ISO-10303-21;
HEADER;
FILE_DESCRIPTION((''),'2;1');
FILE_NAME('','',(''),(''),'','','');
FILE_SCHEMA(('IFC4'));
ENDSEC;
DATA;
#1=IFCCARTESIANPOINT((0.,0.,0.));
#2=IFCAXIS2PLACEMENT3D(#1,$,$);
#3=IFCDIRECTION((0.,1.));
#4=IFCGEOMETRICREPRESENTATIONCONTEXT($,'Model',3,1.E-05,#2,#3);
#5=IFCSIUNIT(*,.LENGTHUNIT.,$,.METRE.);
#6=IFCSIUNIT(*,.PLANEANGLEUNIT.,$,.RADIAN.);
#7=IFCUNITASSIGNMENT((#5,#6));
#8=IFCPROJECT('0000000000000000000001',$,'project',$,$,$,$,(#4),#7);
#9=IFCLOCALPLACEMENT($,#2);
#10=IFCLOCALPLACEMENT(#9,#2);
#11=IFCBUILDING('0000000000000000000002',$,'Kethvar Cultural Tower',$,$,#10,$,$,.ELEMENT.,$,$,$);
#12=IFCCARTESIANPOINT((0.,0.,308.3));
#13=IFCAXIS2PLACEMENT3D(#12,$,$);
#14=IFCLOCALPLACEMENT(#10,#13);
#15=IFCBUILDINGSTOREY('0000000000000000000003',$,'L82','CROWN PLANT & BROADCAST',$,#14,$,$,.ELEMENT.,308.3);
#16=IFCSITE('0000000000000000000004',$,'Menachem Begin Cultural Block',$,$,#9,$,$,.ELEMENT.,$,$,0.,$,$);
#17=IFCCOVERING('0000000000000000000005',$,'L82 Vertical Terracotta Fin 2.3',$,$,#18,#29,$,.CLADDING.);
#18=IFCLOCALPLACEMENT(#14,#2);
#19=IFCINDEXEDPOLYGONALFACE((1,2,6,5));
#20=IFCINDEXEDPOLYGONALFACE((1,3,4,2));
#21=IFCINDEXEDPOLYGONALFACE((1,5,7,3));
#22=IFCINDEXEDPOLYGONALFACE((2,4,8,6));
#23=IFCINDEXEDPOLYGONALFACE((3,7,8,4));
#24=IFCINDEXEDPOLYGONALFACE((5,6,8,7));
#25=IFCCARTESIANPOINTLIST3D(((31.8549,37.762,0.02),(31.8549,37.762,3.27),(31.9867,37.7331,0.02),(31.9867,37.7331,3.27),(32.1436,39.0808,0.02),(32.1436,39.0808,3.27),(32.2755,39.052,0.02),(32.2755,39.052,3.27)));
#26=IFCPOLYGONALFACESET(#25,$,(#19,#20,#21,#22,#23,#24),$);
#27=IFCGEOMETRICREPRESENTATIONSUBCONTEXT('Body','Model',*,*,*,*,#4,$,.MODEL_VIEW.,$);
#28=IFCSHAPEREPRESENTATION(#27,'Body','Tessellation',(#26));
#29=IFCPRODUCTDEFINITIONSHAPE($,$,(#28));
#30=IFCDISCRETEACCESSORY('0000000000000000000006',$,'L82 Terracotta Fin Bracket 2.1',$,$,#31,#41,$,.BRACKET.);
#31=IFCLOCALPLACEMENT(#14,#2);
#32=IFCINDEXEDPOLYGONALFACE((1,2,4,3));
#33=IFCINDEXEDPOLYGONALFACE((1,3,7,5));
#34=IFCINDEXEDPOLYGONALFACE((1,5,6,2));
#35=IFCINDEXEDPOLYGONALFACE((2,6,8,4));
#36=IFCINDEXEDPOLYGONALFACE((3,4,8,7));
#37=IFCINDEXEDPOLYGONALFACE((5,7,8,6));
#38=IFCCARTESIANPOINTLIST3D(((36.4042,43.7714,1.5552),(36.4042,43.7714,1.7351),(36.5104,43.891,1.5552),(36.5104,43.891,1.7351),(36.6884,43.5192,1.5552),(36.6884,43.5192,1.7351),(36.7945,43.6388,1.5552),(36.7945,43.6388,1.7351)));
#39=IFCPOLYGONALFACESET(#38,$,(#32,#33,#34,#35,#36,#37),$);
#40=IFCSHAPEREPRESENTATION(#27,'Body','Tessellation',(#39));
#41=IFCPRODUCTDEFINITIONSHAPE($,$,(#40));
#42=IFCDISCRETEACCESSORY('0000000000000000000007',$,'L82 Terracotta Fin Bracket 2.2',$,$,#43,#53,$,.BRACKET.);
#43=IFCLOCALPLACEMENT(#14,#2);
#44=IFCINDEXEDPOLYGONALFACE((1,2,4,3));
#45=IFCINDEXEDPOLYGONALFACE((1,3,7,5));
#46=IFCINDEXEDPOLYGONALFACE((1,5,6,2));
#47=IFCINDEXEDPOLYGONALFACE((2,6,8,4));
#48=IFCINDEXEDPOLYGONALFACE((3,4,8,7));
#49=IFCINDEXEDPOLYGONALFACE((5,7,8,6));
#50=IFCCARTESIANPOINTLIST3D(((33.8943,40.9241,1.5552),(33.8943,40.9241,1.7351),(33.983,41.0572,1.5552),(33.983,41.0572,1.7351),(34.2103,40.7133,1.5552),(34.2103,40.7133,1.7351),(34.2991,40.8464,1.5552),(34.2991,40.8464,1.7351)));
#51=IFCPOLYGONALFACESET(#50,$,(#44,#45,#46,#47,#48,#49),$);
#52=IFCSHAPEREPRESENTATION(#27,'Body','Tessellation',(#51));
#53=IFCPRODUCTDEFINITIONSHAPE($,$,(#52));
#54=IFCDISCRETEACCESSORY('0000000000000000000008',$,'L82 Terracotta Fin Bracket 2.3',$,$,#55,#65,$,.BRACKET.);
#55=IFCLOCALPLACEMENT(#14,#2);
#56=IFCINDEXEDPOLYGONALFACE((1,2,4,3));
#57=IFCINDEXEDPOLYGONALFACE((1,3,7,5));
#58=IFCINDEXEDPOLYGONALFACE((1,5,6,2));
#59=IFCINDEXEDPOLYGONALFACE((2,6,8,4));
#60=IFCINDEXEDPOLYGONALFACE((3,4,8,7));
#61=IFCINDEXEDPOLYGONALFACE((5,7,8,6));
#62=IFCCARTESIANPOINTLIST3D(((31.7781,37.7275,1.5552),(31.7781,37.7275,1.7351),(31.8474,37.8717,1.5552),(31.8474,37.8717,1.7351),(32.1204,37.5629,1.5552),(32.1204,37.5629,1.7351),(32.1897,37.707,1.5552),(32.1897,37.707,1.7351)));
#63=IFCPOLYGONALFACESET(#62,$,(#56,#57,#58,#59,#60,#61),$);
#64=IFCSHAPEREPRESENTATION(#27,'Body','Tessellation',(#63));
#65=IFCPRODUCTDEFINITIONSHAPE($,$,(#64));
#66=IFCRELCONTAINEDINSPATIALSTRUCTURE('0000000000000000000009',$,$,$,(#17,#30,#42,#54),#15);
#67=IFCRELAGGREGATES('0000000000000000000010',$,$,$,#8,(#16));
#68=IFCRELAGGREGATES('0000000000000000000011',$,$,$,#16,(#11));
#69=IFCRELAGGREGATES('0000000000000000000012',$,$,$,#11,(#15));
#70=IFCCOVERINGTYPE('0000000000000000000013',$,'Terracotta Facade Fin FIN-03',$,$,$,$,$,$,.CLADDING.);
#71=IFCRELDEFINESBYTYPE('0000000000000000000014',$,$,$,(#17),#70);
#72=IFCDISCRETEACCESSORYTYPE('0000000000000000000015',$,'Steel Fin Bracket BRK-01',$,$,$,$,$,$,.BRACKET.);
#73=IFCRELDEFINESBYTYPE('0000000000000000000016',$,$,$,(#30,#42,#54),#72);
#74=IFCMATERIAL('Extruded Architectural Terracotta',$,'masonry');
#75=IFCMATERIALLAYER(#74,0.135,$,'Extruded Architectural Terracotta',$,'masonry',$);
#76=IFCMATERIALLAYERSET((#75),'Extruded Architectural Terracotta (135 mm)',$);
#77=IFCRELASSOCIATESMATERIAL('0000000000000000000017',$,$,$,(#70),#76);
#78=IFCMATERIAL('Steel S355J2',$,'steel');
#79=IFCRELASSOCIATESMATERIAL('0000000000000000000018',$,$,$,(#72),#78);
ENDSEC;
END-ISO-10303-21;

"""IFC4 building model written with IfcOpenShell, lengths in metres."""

from ifc_helpers import new_model, si_unit, direction, frame, origin, origin_2d, place, context, subcontext, project, spatial, rectangle, extrude, source, transform, mapped, material, layer, layer_set, type_object, element, save


model = new_model("IFC4")

# Units and contexts
model_context = context("Model", 3, precision=1e-05, world=origin(), true_north=direction((0.0, 1.0)))
body_context = subcontext(model_context, "Body", "Model", "MODEL_VIEW")
ifc_project = project(units=[si_unit("LENGTHUNIT", "METRE"), si_unit("PLANEANGLEUNIT", "RADIAN")], contexts=[model_context])

# Site, building, storey
site_placement = place(None, origin())
site = spatial("IfcSite", under=ifc_project, at=site_placement, Name="Menachem Begin Cultural Block", CompositionType="ELEMENT", RefElevation=0.0)
building_placement = place(site_placement, origin())
building = spatial("IfcBuilding", under=site, at=building_placement, Name="Kethvar Cultural Tower", CompositionType="ELEMENT")
storey_placement = place(building_placement, frame((0.0, 0.0, 308.3)))
storey = spatial("IfcBuildingStorey", under=building, at=storey_placement, Name="L82", Description="CROWN PLANT & BROADCAST", CompositionType="ELEMENT", Elevation=308.3)

# Shared definitions
ifc_material_1 = material(Name="Steel S355J2", Category="steel")

# Covering
ifc_material_2 = material(Name="Extruded Architectural Terracotta", Category="masonry")
ifc_layer_1 = layer(ifc_material_2, 0.135, Name="Extruded Architectural Terracotta", Category="masonry")
ifc_layer_set_1 = layer_set([ifc_layer_1], Name="Extruded Architectural Terracotta (135 mm)")
covering_type = type_object("IfcCoveringType", Name="Terracotta Facade Fin FIN-03", PredefinedType="CLADDING", material=ifc_layer_set_1)
shared_shape_1 = source(origin(), body_context, "Body", "SweptSolid", [
    extrude(rectangle(XDim=1.3501, YDim=0.135, at=origin_2d()), origin(), (0.0, 0.0, 1.0), 3.25),
])
for number, where, z_axis, x_axis, name in (
    (1, (32.0652, 38.407, 0.02), (0.0, 0.0, 1.0), (0.213883, 0.976859, 0.0), "L82 Vertical Terracotta Fin 2.3"),
):
    element("IfcCovering", number, at=place(storey_placement, frame(where, z_axis=z_axis, x_axis=x_axis)), inside=storey, type_object=covering_type, Name=name, PredefinedType="CLADDING", context=body_context, shape_type="MappedRepresentation", body=[
        mapped(shared_shape_1, transform((0.0, 0.0, 0.0), scale=1.0)),
    ])

# Discrete accessories
discrete_accessory_type = type_object("IfcDiscreteAccessoryType", Name="Steel Fin Bracket BRK-01", PredefinedType="BRACKET", material=ifc_material_1)
shared_shape_2 = source(origin(), body_context, "Body", "SweptSolid", [
    extrude(rectangle(XDim=0.3799, YDim=0.1599, at=origin_2d()), origin(), (0.0, 0.0, 1.0), 0.1799),
])
for number, where, z_axis, x_axis, name in (
    (2, (36.5994, 43.7051, 1.5552), (0.0, 0.0, 1.0), (-0.747914, 0.663796, 0.0), "L82 Terracotta Fin Bracket 2.1"),
    (3, (34.0967, 40.8853, 1.5552), (0.0, 0.0, 1.0), (-0.831954, 0.554844, 0.0), "L82 Terracotta Fin Bracket 2.2"),
    (4, (31.9839, 37.7173, 1.5552), (0.0, 0.0, 1.0), (-0.901228, 0.433345, 0.0), "L82 Terracotta Fin Bracket 2.3"),
):
    element("IfcDiscreteAccessory", number, at=place(storey_placement, frame(where, z_axis=z_axis, x_axis=x_axis)), inside=storey, type_object=discrete_accessory_type, Name=name, PredefinedType="BRACKET", context=body_context, shape_type="MappedRepresentation", body=[
        mapped(shared_shape_2, transform((0.0, 0.0, 0.0), scale=1.0)),
    ])

save(model, "model.ifc")
